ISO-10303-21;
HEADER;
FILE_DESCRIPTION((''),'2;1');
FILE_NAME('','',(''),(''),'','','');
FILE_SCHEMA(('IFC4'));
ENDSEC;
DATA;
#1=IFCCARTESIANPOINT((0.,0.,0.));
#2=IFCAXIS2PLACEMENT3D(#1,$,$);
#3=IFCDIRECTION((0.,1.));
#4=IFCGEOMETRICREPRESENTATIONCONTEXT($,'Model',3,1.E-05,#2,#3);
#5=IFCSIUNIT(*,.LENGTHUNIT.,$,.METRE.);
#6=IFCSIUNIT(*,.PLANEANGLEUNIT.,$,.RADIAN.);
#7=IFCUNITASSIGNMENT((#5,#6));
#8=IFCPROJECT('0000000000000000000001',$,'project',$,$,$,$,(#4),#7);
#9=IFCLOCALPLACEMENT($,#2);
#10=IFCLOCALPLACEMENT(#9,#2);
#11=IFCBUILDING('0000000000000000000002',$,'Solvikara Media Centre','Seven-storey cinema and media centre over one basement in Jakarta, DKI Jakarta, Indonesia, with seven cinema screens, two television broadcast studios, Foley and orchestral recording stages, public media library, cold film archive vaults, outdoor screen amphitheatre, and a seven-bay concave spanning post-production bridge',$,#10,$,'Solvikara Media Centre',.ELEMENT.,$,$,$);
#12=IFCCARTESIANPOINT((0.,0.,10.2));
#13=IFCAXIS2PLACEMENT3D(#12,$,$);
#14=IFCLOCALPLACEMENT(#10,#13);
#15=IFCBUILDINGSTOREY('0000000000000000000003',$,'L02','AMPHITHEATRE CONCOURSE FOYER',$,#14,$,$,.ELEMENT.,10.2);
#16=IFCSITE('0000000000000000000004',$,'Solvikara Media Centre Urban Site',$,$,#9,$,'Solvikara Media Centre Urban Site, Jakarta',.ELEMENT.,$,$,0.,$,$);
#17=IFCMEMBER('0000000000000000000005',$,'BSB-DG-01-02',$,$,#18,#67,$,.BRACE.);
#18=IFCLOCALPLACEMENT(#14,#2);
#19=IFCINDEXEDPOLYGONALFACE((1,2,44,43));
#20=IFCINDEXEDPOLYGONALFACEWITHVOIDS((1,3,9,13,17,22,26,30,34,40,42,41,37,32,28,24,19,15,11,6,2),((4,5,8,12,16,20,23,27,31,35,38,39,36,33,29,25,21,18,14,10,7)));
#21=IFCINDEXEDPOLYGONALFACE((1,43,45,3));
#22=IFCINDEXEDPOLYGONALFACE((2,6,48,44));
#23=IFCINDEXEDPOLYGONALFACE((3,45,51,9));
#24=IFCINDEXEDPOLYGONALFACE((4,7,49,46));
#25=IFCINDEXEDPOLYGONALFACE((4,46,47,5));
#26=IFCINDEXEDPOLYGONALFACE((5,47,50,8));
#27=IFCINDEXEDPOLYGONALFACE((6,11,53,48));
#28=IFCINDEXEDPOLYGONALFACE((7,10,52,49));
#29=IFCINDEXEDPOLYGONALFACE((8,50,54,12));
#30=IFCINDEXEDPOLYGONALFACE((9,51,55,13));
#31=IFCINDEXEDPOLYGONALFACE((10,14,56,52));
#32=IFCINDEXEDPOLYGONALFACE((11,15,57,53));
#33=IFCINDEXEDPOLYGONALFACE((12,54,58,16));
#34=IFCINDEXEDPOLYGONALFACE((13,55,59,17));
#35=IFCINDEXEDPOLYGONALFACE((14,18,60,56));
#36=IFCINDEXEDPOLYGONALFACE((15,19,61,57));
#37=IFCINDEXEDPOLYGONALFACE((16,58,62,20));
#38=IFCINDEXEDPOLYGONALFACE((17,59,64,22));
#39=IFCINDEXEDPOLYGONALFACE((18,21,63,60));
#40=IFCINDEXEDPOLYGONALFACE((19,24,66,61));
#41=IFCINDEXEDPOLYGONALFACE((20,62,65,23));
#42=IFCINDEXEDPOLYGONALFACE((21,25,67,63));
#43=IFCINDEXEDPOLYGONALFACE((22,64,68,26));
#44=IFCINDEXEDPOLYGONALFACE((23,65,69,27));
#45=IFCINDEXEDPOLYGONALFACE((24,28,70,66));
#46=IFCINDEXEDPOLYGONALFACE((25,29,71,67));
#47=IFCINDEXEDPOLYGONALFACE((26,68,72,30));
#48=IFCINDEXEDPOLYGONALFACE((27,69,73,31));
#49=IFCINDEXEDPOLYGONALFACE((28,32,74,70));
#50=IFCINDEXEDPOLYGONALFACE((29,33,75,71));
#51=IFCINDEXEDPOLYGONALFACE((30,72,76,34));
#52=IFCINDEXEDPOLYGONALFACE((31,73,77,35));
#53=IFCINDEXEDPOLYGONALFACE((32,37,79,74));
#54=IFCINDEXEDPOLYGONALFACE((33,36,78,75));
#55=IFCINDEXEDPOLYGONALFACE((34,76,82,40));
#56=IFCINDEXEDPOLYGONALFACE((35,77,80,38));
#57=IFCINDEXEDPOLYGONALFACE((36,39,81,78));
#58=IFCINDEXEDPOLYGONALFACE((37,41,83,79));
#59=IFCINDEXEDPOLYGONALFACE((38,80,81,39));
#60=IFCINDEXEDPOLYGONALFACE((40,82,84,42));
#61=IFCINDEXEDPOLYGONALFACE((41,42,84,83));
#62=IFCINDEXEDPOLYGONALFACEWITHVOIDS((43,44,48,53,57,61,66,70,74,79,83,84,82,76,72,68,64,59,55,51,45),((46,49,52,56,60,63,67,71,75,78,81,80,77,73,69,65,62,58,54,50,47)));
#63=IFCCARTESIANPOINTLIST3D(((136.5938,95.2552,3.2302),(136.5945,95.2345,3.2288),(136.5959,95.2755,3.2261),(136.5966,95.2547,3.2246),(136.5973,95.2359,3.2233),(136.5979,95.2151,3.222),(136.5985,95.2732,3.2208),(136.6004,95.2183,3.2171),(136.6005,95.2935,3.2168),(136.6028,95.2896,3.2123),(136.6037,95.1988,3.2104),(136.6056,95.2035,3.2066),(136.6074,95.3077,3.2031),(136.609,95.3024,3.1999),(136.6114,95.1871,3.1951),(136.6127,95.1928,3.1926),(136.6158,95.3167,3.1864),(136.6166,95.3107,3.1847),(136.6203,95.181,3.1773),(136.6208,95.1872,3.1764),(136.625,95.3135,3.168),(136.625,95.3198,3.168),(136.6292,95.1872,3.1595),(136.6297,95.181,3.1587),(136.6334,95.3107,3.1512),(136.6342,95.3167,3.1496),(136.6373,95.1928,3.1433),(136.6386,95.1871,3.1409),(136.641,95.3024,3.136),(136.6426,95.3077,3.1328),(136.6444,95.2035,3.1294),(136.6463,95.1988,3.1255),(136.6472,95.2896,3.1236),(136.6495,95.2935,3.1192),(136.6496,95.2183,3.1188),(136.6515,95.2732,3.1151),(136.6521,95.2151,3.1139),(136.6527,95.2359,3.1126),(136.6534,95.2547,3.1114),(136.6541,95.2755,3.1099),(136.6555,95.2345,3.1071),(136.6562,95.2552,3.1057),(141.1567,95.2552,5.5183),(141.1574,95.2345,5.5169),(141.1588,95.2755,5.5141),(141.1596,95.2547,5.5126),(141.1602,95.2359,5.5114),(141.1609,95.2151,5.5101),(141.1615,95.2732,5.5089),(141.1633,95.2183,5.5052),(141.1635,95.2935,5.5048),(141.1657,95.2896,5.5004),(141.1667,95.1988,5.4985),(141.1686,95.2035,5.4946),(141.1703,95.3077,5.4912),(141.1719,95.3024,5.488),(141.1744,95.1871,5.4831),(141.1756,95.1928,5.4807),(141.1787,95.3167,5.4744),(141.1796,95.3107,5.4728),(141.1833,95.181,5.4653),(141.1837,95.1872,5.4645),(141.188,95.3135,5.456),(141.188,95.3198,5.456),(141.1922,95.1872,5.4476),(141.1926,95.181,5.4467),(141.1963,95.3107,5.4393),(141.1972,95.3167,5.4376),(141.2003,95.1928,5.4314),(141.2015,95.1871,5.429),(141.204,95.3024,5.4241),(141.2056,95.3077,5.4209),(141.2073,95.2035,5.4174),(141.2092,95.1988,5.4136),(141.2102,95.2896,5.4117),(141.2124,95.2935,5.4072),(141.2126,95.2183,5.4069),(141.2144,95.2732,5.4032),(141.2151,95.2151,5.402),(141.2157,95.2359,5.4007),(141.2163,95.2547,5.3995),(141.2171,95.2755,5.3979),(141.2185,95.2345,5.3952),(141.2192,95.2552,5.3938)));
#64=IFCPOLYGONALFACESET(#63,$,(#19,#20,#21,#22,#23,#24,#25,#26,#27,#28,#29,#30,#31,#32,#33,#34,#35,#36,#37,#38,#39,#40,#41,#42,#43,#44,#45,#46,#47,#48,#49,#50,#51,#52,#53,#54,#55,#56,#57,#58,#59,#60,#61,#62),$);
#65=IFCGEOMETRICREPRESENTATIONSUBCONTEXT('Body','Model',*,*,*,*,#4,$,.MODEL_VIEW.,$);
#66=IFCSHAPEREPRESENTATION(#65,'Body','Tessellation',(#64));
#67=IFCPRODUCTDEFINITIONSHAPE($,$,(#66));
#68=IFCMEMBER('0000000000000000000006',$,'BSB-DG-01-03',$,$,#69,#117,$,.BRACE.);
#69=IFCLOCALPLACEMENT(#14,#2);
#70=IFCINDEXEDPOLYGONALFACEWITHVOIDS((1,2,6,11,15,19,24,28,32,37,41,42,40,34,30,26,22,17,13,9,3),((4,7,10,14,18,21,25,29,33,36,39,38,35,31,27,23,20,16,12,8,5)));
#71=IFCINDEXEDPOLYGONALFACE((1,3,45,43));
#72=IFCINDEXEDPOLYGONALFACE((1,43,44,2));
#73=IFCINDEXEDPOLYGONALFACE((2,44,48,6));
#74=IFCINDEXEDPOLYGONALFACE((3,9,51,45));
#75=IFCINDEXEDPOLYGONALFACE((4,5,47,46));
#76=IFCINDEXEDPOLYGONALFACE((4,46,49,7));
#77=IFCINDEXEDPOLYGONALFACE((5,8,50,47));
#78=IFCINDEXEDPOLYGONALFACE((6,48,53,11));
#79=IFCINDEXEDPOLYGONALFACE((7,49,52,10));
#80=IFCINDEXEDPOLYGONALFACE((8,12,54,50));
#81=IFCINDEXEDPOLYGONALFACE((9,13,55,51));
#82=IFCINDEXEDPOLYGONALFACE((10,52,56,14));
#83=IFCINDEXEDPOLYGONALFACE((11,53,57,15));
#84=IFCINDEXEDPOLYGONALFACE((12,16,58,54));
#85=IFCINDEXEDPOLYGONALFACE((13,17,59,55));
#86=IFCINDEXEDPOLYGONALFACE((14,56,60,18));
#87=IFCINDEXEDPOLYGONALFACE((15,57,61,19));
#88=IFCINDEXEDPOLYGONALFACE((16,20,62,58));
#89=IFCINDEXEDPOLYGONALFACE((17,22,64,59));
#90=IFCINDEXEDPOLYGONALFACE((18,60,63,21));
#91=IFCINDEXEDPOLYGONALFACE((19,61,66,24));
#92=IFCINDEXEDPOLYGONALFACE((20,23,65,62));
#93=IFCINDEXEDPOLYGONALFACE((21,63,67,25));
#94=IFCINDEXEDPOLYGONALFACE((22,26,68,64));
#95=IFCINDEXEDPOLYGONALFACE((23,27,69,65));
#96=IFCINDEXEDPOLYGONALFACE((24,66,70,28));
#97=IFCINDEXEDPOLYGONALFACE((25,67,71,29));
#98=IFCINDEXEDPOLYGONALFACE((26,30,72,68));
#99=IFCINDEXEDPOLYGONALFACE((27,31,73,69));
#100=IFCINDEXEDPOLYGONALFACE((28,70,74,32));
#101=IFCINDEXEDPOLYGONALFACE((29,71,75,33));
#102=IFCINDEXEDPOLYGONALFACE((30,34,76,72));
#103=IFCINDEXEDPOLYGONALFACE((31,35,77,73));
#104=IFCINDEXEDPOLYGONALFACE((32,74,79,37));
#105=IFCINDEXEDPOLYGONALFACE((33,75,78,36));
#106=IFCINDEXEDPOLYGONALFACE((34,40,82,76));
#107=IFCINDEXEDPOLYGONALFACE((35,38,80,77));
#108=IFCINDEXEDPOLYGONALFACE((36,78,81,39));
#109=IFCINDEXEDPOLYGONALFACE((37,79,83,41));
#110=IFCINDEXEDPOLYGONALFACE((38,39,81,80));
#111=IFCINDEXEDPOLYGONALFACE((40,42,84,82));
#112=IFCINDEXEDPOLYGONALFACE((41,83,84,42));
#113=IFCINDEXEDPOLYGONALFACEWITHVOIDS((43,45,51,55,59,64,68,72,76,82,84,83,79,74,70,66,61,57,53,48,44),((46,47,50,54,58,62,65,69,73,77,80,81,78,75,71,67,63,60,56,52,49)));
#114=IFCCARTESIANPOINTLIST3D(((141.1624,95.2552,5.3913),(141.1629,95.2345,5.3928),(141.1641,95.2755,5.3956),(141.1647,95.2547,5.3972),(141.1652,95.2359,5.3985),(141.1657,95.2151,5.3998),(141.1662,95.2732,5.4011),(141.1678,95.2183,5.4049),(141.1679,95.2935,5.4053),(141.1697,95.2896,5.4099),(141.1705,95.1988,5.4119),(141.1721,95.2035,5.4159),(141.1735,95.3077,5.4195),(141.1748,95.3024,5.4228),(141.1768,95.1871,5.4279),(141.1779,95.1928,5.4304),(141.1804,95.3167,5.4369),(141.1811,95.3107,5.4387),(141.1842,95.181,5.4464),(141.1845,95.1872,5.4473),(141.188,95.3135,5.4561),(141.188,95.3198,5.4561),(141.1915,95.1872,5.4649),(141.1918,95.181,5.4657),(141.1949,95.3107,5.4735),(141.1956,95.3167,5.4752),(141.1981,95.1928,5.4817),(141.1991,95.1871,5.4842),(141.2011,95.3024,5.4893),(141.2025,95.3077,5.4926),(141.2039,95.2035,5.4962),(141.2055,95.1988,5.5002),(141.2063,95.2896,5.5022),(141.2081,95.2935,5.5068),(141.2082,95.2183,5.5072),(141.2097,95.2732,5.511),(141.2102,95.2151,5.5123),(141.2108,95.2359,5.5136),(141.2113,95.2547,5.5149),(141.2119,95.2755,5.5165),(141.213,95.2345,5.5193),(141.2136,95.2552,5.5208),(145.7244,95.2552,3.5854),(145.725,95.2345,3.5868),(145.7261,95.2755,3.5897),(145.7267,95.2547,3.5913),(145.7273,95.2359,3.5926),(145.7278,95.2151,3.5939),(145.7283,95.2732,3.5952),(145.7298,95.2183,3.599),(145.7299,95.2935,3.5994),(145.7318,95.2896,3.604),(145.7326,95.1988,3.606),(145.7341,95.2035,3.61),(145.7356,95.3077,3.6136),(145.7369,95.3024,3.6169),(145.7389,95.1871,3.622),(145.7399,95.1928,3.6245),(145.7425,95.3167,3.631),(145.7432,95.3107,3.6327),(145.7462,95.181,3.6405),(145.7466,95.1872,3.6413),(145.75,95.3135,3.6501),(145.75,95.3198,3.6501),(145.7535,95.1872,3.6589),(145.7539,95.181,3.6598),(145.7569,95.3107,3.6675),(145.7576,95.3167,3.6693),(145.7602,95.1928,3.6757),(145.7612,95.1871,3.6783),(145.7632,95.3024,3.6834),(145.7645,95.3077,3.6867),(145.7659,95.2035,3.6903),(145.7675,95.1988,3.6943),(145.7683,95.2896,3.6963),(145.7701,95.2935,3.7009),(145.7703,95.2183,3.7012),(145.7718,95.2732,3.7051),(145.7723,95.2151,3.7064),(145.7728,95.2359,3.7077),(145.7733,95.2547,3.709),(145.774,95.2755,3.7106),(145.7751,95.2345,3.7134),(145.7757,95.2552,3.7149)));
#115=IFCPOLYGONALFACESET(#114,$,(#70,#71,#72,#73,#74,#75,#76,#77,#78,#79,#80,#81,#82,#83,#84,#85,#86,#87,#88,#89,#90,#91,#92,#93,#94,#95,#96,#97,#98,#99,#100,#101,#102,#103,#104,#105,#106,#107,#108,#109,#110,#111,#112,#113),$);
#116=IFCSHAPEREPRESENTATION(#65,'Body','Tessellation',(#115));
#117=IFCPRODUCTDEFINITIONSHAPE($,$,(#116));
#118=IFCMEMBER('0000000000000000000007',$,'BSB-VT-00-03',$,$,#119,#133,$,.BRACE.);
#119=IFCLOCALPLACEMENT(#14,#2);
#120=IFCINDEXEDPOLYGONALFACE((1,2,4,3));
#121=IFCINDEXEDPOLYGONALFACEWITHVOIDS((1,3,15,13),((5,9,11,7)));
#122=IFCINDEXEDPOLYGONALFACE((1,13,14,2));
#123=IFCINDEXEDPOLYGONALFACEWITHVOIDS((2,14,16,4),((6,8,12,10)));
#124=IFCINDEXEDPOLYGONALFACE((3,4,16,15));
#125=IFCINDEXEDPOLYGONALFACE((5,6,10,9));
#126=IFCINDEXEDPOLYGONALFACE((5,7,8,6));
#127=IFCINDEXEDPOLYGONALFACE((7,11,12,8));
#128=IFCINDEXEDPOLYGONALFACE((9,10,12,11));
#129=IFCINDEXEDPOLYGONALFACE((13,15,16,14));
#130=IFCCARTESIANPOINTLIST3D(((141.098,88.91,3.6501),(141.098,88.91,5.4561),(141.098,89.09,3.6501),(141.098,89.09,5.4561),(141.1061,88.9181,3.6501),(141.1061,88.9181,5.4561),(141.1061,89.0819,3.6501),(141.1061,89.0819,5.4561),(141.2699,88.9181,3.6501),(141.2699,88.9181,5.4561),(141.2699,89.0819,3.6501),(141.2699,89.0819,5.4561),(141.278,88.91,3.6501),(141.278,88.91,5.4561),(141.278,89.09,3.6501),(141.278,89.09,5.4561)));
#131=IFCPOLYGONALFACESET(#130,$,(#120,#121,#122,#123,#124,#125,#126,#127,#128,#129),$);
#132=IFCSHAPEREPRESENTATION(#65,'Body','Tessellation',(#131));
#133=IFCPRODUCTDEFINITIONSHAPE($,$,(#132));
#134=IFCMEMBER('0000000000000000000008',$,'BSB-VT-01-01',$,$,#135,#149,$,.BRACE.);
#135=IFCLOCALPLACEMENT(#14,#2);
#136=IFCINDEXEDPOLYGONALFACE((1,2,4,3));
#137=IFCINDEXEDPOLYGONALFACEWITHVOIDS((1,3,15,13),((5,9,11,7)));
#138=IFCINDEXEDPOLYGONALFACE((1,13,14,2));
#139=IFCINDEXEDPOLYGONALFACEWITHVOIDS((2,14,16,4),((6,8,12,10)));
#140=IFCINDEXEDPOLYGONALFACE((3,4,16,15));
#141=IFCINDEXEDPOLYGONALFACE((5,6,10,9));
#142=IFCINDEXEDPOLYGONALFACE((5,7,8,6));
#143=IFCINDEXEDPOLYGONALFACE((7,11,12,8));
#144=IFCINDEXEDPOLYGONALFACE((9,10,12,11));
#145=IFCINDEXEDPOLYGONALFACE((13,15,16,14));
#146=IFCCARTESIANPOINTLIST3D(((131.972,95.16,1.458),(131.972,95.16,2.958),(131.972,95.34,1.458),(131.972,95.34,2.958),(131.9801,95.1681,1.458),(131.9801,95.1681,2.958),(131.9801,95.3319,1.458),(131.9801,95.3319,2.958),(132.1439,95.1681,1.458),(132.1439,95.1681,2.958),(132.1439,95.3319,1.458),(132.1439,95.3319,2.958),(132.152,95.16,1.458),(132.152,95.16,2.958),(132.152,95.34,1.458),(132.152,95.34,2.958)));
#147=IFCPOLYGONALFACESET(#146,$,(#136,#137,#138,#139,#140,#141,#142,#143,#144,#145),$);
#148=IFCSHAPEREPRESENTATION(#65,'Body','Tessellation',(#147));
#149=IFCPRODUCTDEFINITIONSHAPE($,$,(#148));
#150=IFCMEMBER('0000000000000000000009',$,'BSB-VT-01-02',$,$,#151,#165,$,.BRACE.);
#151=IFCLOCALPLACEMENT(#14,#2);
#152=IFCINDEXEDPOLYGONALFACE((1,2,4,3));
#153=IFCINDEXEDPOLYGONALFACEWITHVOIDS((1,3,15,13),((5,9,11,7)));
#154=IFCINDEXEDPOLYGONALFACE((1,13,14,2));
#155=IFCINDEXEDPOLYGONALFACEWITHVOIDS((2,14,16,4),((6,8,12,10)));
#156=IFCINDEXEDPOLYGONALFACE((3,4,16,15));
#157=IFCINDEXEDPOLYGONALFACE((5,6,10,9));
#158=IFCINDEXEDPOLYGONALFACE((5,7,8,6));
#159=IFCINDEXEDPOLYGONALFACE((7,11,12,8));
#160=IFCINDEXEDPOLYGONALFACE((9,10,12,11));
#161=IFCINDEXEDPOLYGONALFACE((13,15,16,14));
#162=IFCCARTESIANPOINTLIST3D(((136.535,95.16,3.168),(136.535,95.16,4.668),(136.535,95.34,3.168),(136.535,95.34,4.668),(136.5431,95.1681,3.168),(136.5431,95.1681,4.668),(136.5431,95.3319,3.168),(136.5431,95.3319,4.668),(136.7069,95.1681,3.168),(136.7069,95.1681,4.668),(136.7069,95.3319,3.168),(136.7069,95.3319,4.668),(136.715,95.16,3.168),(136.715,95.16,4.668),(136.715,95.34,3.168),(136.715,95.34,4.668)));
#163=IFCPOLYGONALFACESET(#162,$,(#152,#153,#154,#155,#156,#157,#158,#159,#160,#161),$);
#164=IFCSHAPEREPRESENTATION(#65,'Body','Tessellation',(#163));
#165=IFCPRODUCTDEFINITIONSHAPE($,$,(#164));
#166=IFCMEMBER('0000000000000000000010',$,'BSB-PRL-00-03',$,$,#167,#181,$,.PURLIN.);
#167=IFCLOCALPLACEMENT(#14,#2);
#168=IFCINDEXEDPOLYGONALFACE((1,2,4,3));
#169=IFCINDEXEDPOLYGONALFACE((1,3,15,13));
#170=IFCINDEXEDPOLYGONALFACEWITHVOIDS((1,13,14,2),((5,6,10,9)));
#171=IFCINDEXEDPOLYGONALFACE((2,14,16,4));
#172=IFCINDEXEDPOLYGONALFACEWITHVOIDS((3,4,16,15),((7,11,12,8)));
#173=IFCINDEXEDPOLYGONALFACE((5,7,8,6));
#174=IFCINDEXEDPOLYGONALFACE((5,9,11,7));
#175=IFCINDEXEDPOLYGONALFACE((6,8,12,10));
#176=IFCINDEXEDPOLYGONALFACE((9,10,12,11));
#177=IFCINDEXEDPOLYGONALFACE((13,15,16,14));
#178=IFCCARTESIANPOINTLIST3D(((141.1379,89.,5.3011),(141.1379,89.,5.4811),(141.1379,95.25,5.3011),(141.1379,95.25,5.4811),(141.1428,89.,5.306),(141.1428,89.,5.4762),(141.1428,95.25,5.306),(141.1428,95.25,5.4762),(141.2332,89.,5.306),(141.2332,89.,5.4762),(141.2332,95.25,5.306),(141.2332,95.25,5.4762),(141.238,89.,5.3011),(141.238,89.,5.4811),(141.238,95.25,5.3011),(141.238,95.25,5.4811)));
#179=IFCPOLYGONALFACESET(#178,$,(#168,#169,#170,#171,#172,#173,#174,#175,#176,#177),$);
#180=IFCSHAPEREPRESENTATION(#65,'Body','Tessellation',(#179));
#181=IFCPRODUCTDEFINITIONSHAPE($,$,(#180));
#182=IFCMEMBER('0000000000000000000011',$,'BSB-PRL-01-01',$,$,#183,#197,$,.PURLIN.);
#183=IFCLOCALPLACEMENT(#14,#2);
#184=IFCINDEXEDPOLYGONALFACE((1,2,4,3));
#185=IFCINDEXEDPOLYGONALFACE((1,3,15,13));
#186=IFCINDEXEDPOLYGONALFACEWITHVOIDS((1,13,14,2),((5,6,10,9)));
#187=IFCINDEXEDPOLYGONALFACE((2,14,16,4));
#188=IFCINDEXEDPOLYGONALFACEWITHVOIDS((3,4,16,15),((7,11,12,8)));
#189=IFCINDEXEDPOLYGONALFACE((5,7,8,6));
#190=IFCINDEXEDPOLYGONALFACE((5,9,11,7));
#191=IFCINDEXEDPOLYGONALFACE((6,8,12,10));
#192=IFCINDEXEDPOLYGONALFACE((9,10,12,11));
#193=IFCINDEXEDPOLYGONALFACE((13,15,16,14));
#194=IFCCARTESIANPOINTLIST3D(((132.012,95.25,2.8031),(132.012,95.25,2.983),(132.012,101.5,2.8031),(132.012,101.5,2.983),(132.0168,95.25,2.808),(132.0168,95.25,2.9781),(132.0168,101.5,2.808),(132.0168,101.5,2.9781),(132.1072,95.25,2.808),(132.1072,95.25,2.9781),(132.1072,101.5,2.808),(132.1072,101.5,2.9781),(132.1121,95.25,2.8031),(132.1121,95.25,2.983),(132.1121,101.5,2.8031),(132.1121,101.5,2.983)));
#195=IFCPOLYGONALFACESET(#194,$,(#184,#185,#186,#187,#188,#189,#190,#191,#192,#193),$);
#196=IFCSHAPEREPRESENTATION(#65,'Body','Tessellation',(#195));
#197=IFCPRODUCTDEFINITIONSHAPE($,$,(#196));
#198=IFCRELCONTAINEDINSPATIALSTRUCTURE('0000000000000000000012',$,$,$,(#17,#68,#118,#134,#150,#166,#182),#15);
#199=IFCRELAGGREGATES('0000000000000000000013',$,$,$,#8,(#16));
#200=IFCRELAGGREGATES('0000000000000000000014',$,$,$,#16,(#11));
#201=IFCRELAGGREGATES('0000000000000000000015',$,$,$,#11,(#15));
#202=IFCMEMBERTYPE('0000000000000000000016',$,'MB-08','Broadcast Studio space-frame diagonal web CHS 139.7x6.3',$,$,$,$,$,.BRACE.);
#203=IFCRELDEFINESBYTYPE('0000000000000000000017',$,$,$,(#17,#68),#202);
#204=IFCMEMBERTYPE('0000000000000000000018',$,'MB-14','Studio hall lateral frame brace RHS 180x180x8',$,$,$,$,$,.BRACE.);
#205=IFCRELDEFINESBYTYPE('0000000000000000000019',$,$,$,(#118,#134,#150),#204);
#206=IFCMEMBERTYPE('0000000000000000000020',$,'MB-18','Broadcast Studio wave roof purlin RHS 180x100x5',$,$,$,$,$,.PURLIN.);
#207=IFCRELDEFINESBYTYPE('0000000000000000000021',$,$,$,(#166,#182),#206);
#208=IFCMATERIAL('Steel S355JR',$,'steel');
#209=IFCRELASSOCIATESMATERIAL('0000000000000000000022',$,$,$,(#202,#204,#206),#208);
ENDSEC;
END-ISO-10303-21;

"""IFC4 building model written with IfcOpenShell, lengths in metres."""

from ifc_helpers import new_model, si_unit, direction, frame, origin, origin_2d, place, context, subcontext, project, spatial, hollow_rectangle, hollow_circle, extrude, material, material_profile, profile_set, type_object, element, save


model = new_model("IFC4")

# Units and contexts
model_context = context("Model", 3, precision=1e-05, world=origin(), true_north=direction((0.0, 1.0)))
body_context = subcontext(model_context, "Body", "Model", "MODEL_VIEW")
ifc_project = project(units=[si_unit("LENGTHUNIT", "METRE"), si_unit("PLANEANGLEUNIT", "RADIAN")], contexts=[model_context])

# Site, building, storey
site_placement = place(None, origin())
site = spatial("IfcSite", under=ifc_project, at=site_placement, Name="Solvikara Media Centre Urban Site", LongName="Solvikara Media Centre Urban Site, Jakarta", CompositionType="ELEMENT", RefElevation=0.0)
building_placement = place(site_placement, origin())
building = spatial("IfcBuilding", under=site, at=building_placement, Name="Solvikara Media Centre", Description="Seven-storey cinema and media centre over one basement in Jakarta, DKI Jakarta, Indonesia, with seven cinema screens, two television broadcast studios, Foley and orchestral recording stages, public media library, cold film archive vaults, outdoor screen amphitheatre, and a seven-bay concave spanning post-production bridge", LongName="Solvikara Media Centre", CompositionType="ELEMENT")
storey_placement = place(building_placement, frame((0.0, 0.0, 10.2)))
storey = spatial("IfcBuildingStorey", under=building, at=storey_placement, Name="L02", Description="AMPHITHEATRE CONCOURSE FOYER", CompositionType="ELEMENT", Elevation=10.2)

# Members
ifc_material_1 = material(Name="Steel S355JR", Category="steel")
ifc_material_profile_1 = material_profile(ifc_material_1, hollow_circle(Radius=0.0698, WallThickness=0.0063, at=origin_2d()), Name="CHS 139.7x6.3")
ifc_profile_set_1 = profile_set([ifc_material_profile_1], Name="Steel S355JR")
member_type_1 = type_object("IfcMemberType", Name="MB-08", Description="Broadcast Studio space-frame diagonal web CHS 139.7x6.3", PredefinedType="BRACE", material=ifc_profile_set_1)
member_1_placement = place(storey_placement, frame((136.625, 95.25, 3.168), z_axis=(0.89391, 0.0, 0.448246), x_axis=(0.0, 1.0, 0.0)))
element("IfcMember", 1, at=member_1_placement, inside=storey, type_object=member_type_1, Name="BSB-DG-01-02", PredefinedType="BRACE", context=body_context, shape_type="SweptSolid", body=[
    extrude(hollow_circle(Radius=0.0698, WallThickness=0.0063, at=origin_2d()), origin(), (0.0, 0.0, 1.0), 5.1045),
])
member_2_placement = place(storey_placement, frame((141.188, 95.25, 5.4561), z_axis=(0.929799, 0.0, -0.368068), x_axis=(0.0, 1.0, 0.0)))
element("IfcMember", 2, at=member_2_placement, inside=storey, type_object=member_type_1, Name="BSB-DG-01-03", PredefinedType="BRACE", context=body_context, shape_type="SweptSolid", body=[
    extrude(hollow_circle(Radius=0.0698, WallThickness=0.0063, at=origin_2d()), origin(), (0.0, 0.0, 1.0), 4.9065),
])
ifc_material_profile_2 = material_profile(ifc_material_1, hollow_rectangle(XDim=0.1799, YDim=0.1799, WallThickness=0.0081, at=origin_2d()), Name="RHS 180x180x8")
ifc_profile_set_2 = profile_set([ifc_material_profile_2], Name="Steel S355JR")
member_type_2 = type_object("IfcMemberType", Name="MB-14", Description="Studio hall lateral frame brace RHS 180x180x8", PredefinedType="BRACE", material=ifc_profile_set_2)
member_3_placement = place(storey_placement, frame((141.188, 89.0, 3.6501), z_axis=(0.0, 0.0, 1.0), x_axis=(1.0, 0.0, 0.0)))
element("IfcMember", 3, at=member_3_placement, inside=storey, type_object=member_type_2, Name="BSB-VT-00-03", PredefinedType="BRACE", context=body_context, shape_type="SweptSolid", body=[
    extrude(hollow_rectangle(XDim=0.1799, YDim=0.1799, WallThickness=0.0081, at=origin_2d()), origin(), (0.0, 0.0, 1.0), 1.8059),
])
for number, where, z_axis, x_axis, name in (
    (4, (132.062, 95.25, 1.458), (0.0, 0.0, 1.0), (1.0, 0.0, 0.0), "BSB-VT-01-01"),
    (5, (136.625, 95.25, 3.168), (0.0, 0.0, 1.0), (1.0, 0.0, 0.0), "BSB-VT-01-02"),
):
    element("IfcMember", number, at=place(storey_placement, frame(where, z_axis=z_axis, x_axis=x_axis)), inside=storey, type_object=member_type_2, Name=name, PredefinedType="BRACE", context=body_context, shape_type="SweptSolid", body=[
        extrude(hollow_rectangle(XDim=0.1799, YDim=0.1799, WallThickness=0.0081, at=origin_2d()), origin(), (0.0, 0.0, 1.0), 1.5),
    ])
ifc_material_profile_3 = material_profile(ifc_material_1, hollow_rectangle(XDim=0.1001, YDim=0.1799, WallThickness=0.0049, at=origin_2d()), Name="RHS 180x100x5")
ifc_profile_set_3 = profile_set([ifc_material_profile_3], Name="Steel S355JR")
member_type_3 = type_object("IfcMemberType", Name="MB-18", Description="Broadcast Studio wave roof purlin RHS 180x100x5", PredefinedType="PURLIN", material=ifc_profile_set_3)
for number, where, z_axis, x_axis, name in (
    (6, (141.188, 89.0, 5.3911), (0.0, 1.0, 0.0), (-1.0, 0.0, 0.0), "BSB-PRL-00-03"),
    (7, (132.062, 95.25, 2.8931), (0.0, 1.0, 0.0), (-1.0, 0.0, 0.0), "BSB-PRL-01-01"),
):
    element("IfcMember", number, at=place(storey_placement, frame(where, z_axis=z_axis, x_axis=x_axis)), inside=storey, type_object=member_type_3, Name=name, PredefinedType="PURLIN", context=body_context, shape_type="SweptSolid", body=[
        extrude(hollow_rectangle(XDim=0.1001, YDim=0.1799, WallThickness=0.0049, at=origin_2d()), origin(), (0.0, 0.0, 1.0), 6.25),
    ])

save(model, "model.ifc")
